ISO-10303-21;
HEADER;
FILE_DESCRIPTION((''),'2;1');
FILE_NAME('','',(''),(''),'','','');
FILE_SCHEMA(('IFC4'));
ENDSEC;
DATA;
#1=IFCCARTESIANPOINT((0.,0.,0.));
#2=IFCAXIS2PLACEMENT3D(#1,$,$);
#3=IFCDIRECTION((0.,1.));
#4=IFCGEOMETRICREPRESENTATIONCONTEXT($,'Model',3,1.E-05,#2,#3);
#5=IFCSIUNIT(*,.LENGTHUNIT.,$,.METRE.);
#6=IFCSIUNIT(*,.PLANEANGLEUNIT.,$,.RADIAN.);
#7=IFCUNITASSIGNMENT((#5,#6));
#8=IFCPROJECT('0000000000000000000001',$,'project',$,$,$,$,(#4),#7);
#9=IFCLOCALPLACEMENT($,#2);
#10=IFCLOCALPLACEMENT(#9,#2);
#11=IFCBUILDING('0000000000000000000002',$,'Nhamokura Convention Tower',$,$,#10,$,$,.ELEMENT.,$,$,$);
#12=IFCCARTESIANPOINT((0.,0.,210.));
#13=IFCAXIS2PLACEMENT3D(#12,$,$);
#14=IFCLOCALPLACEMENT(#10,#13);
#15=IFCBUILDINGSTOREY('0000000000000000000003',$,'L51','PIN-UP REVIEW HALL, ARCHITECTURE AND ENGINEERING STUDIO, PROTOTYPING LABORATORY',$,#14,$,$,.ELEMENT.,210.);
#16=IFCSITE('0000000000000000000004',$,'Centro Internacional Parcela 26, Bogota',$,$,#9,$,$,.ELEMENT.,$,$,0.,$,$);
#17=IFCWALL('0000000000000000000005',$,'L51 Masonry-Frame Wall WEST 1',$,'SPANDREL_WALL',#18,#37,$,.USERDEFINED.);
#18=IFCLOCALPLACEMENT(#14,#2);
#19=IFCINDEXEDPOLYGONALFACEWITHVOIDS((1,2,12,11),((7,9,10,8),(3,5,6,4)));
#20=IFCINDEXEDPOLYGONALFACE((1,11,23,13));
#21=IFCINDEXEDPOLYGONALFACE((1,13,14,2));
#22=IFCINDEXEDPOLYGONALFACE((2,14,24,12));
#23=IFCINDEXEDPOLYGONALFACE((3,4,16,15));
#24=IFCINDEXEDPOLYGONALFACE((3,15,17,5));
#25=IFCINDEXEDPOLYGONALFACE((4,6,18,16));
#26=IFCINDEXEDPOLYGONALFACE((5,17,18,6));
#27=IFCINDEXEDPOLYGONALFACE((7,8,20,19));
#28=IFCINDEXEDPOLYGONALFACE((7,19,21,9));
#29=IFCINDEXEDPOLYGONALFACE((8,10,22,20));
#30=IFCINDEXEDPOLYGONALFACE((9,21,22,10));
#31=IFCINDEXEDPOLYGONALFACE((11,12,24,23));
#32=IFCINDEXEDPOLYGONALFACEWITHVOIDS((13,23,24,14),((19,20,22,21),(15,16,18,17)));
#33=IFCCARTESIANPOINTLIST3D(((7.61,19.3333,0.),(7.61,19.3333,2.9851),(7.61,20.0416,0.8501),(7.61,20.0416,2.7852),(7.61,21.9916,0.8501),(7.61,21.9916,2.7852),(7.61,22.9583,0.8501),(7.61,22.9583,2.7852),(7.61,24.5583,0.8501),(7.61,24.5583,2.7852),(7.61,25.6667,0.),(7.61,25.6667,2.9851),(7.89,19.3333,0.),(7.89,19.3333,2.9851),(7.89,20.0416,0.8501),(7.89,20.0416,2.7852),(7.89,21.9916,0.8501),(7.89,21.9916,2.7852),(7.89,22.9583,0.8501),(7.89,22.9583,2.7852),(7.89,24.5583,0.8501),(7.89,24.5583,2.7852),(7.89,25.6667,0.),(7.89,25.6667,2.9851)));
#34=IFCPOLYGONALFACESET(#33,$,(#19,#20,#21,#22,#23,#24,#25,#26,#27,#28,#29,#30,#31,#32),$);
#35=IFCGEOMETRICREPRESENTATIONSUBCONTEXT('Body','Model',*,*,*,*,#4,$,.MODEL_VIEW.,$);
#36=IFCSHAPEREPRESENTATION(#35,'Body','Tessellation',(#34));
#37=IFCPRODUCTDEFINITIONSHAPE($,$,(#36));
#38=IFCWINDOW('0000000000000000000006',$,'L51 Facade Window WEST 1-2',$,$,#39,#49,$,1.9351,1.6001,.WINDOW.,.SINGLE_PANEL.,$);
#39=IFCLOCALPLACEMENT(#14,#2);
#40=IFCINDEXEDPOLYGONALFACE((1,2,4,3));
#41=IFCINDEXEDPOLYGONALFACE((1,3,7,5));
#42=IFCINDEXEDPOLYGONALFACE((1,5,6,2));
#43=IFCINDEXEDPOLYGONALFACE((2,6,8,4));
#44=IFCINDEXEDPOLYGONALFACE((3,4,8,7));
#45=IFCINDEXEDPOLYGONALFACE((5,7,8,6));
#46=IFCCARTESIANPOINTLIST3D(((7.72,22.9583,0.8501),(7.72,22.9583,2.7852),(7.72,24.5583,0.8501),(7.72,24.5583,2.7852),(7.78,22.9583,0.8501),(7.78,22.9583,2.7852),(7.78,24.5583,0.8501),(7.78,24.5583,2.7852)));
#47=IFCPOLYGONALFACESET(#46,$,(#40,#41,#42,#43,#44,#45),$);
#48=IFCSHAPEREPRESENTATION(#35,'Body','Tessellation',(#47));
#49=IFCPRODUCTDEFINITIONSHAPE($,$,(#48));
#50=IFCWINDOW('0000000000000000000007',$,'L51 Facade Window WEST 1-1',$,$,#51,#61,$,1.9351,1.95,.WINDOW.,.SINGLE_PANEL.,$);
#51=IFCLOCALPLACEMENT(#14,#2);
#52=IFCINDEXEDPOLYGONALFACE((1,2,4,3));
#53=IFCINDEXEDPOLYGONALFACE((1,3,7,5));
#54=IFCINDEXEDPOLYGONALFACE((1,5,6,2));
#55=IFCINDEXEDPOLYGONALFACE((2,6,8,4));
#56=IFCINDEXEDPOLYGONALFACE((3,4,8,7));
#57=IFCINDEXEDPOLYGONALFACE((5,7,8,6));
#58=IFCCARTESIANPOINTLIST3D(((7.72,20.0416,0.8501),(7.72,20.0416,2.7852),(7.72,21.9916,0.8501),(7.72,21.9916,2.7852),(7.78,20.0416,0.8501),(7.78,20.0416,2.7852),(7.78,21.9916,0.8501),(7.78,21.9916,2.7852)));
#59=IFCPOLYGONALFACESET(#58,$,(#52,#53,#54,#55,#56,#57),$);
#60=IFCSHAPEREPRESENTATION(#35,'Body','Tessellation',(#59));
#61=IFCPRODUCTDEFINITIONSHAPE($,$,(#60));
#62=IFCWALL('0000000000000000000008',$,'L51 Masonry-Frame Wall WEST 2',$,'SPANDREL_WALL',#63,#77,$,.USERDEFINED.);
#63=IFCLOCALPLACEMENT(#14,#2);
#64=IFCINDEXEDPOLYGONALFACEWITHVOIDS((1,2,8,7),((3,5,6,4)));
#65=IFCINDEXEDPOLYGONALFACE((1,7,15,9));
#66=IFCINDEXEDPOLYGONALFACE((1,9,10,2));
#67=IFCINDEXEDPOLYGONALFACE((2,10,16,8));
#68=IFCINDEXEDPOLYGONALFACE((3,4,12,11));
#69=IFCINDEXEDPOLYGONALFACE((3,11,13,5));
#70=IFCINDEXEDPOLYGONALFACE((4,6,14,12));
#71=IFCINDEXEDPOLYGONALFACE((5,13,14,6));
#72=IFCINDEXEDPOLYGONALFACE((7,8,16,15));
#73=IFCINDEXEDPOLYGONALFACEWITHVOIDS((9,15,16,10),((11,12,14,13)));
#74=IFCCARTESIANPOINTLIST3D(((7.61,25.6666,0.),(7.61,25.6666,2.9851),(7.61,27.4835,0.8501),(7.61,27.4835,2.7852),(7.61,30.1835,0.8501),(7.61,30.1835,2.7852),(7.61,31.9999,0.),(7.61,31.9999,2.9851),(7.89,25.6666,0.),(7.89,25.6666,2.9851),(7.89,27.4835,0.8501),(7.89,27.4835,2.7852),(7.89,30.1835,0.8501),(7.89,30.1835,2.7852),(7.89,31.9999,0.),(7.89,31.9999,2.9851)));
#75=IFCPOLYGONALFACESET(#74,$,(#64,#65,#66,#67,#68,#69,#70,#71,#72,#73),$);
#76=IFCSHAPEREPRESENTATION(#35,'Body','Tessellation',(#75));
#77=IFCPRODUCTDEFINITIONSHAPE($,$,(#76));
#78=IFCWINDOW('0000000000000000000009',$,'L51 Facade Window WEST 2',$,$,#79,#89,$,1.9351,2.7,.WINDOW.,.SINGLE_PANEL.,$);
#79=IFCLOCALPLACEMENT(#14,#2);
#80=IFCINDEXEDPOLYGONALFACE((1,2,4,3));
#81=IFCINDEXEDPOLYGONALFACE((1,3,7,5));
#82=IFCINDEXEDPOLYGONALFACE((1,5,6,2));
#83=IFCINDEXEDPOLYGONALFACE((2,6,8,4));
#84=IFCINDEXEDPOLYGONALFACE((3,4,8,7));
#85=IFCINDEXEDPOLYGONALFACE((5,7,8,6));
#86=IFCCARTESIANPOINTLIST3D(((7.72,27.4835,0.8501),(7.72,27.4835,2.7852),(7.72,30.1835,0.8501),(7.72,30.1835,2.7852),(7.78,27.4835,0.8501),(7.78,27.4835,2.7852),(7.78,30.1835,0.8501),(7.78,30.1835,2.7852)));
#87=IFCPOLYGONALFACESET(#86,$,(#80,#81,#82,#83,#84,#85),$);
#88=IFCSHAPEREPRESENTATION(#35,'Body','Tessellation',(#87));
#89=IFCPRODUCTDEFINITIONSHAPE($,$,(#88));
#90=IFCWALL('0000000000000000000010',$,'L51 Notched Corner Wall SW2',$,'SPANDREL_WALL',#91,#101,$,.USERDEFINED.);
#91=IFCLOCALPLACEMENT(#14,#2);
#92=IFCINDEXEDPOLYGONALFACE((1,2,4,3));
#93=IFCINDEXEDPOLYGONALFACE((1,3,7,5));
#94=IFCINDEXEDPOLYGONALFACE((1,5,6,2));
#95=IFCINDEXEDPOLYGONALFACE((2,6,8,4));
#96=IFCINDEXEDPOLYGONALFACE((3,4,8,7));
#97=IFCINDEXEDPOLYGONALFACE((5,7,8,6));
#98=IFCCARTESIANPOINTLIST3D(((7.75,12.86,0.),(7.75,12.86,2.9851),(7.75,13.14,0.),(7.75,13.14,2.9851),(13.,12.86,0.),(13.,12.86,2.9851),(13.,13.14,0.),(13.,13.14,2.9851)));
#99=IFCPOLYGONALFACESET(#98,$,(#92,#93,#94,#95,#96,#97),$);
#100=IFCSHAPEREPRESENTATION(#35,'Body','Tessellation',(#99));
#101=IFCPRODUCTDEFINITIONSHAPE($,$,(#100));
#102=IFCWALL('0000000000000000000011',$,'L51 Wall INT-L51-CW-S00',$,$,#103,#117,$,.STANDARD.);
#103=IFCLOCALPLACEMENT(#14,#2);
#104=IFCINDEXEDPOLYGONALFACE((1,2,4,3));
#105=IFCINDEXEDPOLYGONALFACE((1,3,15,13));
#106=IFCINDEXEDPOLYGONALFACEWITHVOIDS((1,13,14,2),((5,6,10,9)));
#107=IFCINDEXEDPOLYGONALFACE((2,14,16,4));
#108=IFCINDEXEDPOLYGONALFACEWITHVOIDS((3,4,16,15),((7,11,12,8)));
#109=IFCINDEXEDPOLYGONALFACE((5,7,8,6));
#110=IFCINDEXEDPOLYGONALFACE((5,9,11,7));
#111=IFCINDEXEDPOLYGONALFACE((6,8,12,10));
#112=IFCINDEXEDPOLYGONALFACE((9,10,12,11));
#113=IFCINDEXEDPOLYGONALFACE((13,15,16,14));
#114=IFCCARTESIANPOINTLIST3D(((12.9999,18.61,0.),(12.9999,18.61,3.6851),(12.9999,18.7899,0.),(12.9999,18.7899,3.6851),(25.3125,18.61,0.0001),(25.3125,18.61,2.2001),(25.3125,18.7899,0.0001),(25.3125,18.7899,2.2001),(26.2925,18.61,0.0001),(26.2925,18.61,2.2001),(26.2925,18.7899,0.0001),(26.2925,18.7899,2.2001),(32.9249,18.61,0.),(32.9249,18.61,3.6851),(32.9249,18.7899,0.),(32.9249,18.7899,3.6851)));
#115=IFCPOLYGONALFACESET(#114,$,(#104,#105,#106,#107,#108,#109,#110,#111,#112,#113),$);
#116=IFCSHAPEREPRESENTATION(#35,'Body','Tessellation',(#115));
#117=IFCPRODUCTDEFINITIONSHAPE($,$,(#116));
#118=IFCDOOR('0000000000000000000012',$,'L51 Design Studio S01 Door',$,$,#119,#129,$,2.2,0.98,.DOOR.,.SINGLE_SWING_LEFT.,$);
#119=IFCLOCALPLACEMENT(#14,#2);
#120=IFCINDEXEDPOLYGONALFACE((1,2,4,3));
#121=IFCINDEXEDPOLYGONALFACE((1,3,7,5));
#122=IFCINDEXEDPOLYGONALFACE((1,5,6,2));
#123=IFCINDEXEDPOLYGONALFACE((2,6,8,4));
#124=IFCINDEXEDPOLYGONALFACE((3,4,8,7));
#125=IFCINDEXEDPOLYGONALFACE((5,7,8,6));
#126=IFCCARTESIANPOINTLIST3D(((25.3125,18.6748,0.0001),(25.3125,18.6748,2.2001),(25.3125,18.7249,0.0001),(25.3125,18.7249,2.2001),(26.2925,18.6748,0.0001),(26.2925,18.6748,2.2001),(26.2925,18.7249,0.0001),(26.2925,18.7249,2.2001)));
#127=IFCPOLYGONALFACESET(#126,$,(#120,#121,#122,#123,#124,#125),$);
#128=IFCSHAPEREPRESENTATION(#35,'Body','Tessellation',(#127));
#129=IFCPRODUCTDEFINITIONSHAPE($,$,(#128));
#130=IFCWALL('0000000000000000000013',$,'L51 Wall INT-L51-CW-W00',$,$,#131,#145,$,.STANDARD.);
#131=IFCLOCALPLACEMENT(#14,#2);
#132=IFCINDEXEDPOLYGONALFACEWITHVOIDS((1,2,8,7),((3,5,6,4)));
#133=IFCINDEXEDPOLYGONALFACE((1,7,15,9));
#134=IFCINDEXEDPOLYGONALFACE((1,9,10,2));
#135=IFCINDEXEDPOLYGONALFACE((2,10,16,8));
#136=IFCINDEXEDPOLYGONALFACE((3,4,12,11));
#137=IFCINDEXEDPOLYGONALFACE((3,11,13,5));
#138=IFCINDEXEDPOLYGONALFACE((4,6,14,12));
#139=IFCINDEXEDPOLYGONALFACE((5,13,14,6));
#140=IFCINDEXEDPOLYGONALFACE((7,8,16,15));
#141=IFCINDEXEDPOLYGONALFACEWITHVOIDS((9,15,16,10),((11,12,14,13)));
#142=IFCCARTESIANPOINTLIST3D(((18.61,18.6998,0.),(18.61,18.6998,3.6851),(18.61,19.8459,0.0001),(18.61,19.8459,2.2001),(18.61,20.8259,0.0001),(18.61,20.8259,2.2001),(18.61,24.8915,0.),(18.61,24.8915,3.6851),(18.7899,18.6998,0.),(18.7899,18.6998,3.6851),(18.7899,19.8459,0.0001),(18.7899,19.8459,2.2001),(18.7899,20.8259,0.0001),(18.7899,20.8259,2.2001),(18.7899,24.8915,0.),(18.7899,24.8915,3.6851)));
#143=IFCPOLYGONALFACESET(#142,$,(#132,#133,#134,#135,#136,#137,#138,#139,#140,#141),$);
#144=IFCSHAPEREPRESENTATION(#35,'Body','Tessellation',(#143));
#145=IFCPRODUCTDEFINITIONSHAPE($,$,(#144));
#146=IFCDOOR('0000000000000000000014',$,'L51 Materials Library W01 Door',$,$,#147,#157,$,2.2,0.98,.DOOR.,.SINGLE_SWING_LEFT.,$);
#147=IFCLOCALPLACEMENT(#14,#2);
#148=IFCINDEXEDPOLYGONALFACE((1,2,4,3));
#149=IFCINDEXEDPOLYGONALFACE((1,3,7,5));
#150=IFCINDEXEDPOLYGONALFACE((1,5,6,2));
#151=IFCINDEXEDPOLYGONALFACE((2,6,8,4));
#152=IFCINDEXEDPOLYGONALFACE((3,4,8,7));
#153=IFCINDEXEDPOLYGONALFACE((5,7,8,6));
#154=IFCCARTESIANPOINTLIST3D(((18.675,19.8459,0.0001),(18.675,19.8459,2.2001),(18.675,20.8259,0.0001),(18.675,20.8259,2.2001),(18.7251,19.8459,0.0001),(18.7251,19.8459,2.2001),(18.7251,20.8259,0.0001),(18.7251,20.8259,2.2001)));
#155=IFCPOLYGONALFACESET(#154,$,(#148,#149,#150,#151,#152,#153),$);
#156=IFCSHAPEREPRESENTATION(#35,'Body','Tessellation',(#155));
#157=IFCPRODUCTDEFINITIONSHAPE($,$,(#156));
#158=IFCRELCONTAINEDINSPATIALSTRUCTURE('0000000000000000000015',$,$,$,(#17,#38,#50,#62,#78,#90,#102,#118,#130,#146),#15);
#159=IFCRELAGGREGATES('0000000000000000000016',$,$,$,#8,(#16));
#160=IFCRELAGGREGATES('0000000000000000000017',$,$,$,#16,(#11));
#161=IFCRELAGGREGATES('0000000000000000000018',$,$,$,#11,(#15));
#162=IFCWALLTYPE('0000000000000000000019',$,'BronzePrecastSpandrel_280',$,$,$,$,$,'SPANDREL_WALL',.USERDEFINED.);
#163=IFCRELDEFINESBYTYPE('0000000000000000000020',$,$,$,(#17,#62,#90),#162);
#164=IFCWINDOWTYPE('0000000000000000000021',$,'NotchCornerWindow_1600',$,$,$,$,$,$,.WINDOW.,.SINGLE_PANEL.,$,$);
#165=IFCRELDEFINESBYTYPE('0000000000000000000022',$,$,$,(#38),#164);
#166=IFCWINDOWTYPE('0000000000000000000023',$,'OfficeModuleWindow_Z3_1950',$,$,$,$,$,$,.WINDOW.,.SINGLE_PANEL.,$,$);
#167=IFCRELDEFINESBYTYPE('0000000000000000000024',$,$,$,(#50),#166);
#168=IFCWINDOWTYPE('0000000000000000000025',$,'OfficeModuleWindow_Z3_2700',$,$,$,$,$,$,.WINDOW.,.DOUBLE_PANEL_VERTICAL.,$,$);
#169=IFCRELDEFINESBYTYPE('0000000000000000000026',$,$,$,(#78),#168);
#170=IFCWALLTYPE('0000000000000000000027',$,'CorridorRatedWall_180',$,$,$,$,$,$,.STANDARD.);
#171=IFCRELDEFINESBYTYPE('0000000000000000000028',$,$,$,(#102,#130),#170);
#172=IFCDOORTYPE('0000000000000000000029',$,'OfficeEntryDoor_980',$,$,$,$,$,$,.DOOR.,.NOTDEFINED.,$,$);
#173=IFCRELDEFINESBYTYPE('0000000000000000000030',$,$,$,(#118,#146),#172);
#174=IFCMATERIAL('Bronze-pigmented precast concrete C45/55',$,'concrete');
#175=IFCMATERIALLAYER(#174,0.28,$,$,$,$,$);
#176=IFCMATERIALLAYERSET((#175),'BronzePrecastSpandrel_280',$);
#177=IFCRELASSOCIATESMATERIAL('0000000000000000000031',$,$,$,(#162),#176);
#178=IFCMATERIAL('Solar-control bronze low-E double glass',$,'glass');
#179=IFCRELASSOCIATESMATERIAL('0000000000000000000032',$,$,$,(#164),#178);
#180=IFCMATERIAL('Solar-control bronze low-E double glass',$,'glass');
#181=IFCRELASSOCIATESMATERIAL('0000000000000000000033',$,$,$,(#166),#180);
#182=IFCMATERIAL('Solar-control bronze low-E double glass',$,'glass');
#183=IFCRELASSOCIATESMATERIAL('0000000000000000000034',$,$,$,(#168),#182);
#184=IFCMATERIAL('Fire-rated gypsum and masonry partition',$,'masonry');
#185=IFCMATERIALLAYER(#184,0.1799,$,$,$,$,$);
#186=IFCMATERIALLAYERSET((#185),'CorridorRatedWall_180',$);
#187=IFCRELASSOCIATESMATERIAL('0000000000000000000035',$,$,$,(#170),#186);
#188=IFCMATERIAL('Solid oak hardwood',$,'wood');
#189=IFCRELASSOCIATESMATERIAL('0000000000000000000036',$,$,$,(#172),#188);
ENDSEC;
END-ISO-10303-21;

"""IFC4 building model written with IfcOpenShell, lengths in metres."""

from ifc_helpers import new_model, si_unit, direction, frame, frame_2d, origin, place, context, subcontext, project, spatial, rectangle, extrude, material, layer, layer_set, type_object, element, fill, save


model = new_model("IFC4")

# Units and contexts
model_context = context("Model", 3, precision=1e-05, world=origin(), true_north=direction((0.0, 1.0)))
body_context = subcontext(model_context, "Body", "Model", "MODEL_VIEW")
ifc_project = project(units=[si_unit("LENGTHUNIT", "METRE"), si_unit("PLANEANGLEUNIT", "RADIAN")], contexts=[model_context])

# Site, building, storey
site_placement = place(None, origin())
site = spatial("IfcSite", under=ifc_project, at=site_placement, Name="Centro Internacional Parcela 26, Bogota", CompositionType="ELEMENT", RefElevation=0.0)
building_placement = place(site_placement, origin())
building = spatial("IfcBuilding", under=site, at=building_placement, Name="Nhamokura Convention Tower", CompositionType="ELEMENT")
storey_placement = place(building_placement, frame((0.0, 0.0, 210.0)))
storey = spatial("IfcBuildingStorey", under=building, at=storey_placement, Name="L51", Description="PIN-UP REVIEW HALL, ARCHITECTURE AND ENGINEERING STUDIO, PROTOTYPING LABORATORY", CompositionType="ELEMENT", Elevation=210.0)

# Wall, openings, windows
ifc_material_1 = material(Name="Bronze-pigmented precast concrete C45/55", Category="concrete")
ifc_layer_1 = layer(ifc_material_1, 0.28)
ifc_layer_set_1 = layer_set([ifc_layer_1], Name="BronzePrecastSpandrel_280")
wall_type_1 = type_object("IfcWallType", Name="BronzePrecastSpandrel_280", ElementType="SPANDREL_WALL", PredefinedType="USERDEFINED", material=ifc_layer_set_1)
wall_1_placement = place(storey_placement, frame((7.75, 19.3333, 0.0), z_axis=(0.0, 0.0, 1.0), x_axis=(0.0, 1.0, 0.0)))
wall_1 = element("IfcWall", 1, at=wall_1_placement, inside=storey, type_object=wall_type_1, Name="L51 Masonry-Frame Wall WEST 1", ObjectType="SPANDREL_WALL", PredefinedType="USERDEFINED", context=body_context, shape_type="SweptSolid", body=[
    extrude(rectangle(XDim=6.3335, YDim=0.28, at=frame_2d((3.1667, 0.0))), origin(), (0.0, 0.0, 1.0), 2.9851),
])
opening_1_placement = place(wall_1_placement, frame((0.7083, 0.0, 0.8501)))
opening_1 = element("IfcOpeningElement", 2, at=opening_1_placement, cuts=wall_1, PredefinedType="OPENING", context=body_context, shape_type="SweptSolid", body=[
    extrude(rectangle(XDim=1.95, YDim=1.9351, at=frame_2d((0.9751, 0.9675))), frame((0.0, 0.1499, 0.0), z_axis=(0.0, -1.0, 0.0), x_axis=(1.0, 0.0, 0.0)), (0.0, 0.0, 1.0), 0.3),
])
opening_2_placement = place(wall_1_placement, frame((3.625, 0.0, 0.8501)))
opening_2 = element("IfcOpeningElement", 3, at=opening_2_placement, cuts=wall_1, PredefinedType="OPENING", context=body_context, shape_type="SweptSolid", body=[
    extrude(rectangle(XDim=1.6001, YDim=1.9351, at=frame_2d((0.8, 0.9675))), frame((0.0, 0.1499, 0.0), z_axis=(0.0, -1.0, 0.0), x_axis=(1.0, 0.0, 0.0)), (0.0, 0.0, 1.0), 0.3),
])
ifc_material_2 = material(Name="Solar-control bronze low-E double glass", Category="glass")
window_type_1 = type_object("IfcWindowType", Name="NotchCornerWindow_1600", PartitioningType="SINGLE_PANEL", PredefinedType="WINDOW", material=ifc_material_2)
window_1_placement = place(opening_2_placement, origin())
window_1 = element("IfcWindow", 4, at=window_1_placement, inside=storey, type_object=window_type_1, Name="L51 Facade Window WEST 1-2", OverallHeight=1.9351, OverallWidth=1.6001, PartitioningType="SINGLE_PANEL", PredefinedType="WINDOW", context=body_context, shape_type="SweptSolid", body=[
    extrude(rectangle(XDim=1.6001, YDim=1.9351, at=frame_2d((0.8, 0.9675))), frame((0.0, 0.03, 0.0), z_axis=(0.0, -1.0, 0.0), x_axis=(1.0, 0.0, 0.0)), (0.0, 0.0, 1.0), 0.0601),
])
fill(opening_2, window_1)
ifc_material_3 = material(Name="Solar-control bronze low-E double glass", Category="glass")
window_type_2 = type_object("IfcWindowType", Name="OfficeModuleWindow_Z3_1950", PartitioningType="SINGLE_PANEL", PredefinedType="WINDOW", material=ifc_material_3)
window_2_placement = place(opening_1_placement, origin())
window_2 = element("IfcWindow", 5, at=window_2_placement, inside=storey, type_object=window_type_2, Name="L51 Facade Window WEST 1-1", OverallHeight=1.9351, OverallWidth=1.95, PartitioningType="SINGLE_PANEL", PredefinedType="WINDOW", context=body_context, shape_type="SweptSolid", body=[
    extrude(rectangle(XDim=1.95, YDim=1.9351, at=frame_2d((0.9751, 0.9675))), frame((0.0, 0.03, 0.0), z_axis=(0.0, -1.0, 0.0), x_axis=(1.0, 0.0, 0.0)), (0.0, 0.0, 1.0), 0.0601),
])
fill(opening_1, window_2)

# Wall, opening, window
wall_2_placement = place(storey_placement, frame((7.75, 25.6667, 0.0), z_axis=(0.0, 0.0, 1.0), x_axis=(0.0, 1.0, 0.0)))
wall_2 = element("IfcWall", 6, at=wall_2_placement, inside=storey, type_object=wall_type_1, Name="L51 Masonry-Frame Wall WEST 2", ObjectType="SPANDREL_WALL", PredefinedType="USERDEFINED", context=body_context, shape_type="SweptSolid", body=[
    extrude(rectangle(XDim=6.3333, YDim=0.28, at=frame_2d((3.1665, 0.0))), origin(), (0.0, 0.0, 1.0), 2.9851),
])
opening_3_placement = place(wall_2_placement, frame((1.8167, 0.0, 0.8501)))
opening_3 = element("IfcOpeningElement", 7, at=opening_3_placement, cuts=wall_2, PredefinedType="OPENING", context=body_context, shape_type="SweptSolid", body=[
    extrude(rectangle(XDim=2.7, YDim=1.9351, at=frame_2d((1.3501, 0.9675))), frame((0.0, 0.1499, 0.0), z_axis=(0.0, -1.0, 0.0), x_axis=(1.0, 0.0, 0.0)), (0.0, 0.0, 1.0), 0.3),
])
ifc_material_4 = material(Name="Solar-control bronze low-E double glass", Category="glass")
window_type_3 = type_object("IfcWindowType", Name="OfficeModuleWindow_Z3_2700", PartitioningType="DOUBLE_PANEL_VERTICAL", PredefinedType="WINDOW", material=ifc_material_4)
window_3_placement = place(opening_3_placement, origin())
window_3 = element("IfcWindow", 8, at=window_3_placement, inside=storey, type_object=window_type_3, Name="L51 Facade Window WEST 2", OverallHeight=1.9351, OverallWidth=2.7, PartitioningType="SINGLE_PANEL", PredefinedType="WINDOW", context=body_context, shape_type="SweptSolid", body=[
    extrude(rectangle(XDim=2.7, YDim=1.9351, at=frame_2d((1.3501, 0.9675))), frame((0.0, 0.03, 0.0), z_axis=(0.0, -1.0, 0.0), x_axis=(1.0, 0.0, 0.0)), (0.0, 0.0, 1.0), 0.0601),
])
fill(opening_3, window_3)

# Wall
wall_3_placement = place(storey_placement, frame((13.0, 13.0, 0.0), z_axis=(0.0, 0.0, 1.0), x_axis=(-1.0, 0.0, 0.0)))
element("IfcWall", 9, at=wall_3_placement, inside=storey, type_object=wall_type_1, Name="L51 Notched Corner Wall SW2", ObjectType="SPANDREL_WALL", PredefinedType="USERDEFINED", context=body_context, shape_type="SweptSolid", body=[
    extrude(rectangle(XDim=5.25, YDim=0.28, at=frame_2d((2.625, 0.0))), origin(), (0.0, 0.0, 1.0), 2.9851),
])

# Walls, openings, doors
ifc_material_5 = material(Name="Fire-rated gypsum and masonry partition", Category="masonry")
ifc_layer_2 = layer(ifc_material_5, 0.1799)
ifc_layer_set_2 = layer_set([ifc_layer_2], Name="CorridorRatedWall_180")
wall_type_2 = type_object("IfcWallType", Name="CorridorRatedWall_180", PredefinedType="STANDARD", material=ifc_layer_set_2)
wall_4_placement = place(storey_placement, frame((13.0, 18.7, 0.0), z_axis=(0.0, 0.0, 1.0), x_axis=(1.0, 0.0, 0.0)))
wall_4 = element("IfcWall", 10, at=wall_4_placement, inside=storey, type_object=wall_type_2, Name="L51 Wall INT-L51-CW-S00", PredefinedType="STANDARD", context=body_context, shape_type="SweptSolid", body=[
    extrude(rectangle(XDim=19.925, YDim=0.1799, at=frame_2d((9.9624, 0.0))), origin(), (0.0, 0.0, 1.0), 3.6851),
])
opening_4_placement = place(wall_4_placement, frame((12.3125, 0.0, 0.0)))
opening_4 = element("IfcOpeningElement", 11, at=opening_4_placement, cuts=wall_4, PredefinedType="OPENING", context=body_context, shape_type="SweptSolid", body=[
    extrude(rectangle(XDim=0.98, YDim=2.2, at=frame_2d((0.49, 1.1001))), frame((0.0, 0.0999, 0.0), z_axis=(0.0, -1.0, 0.0), x_axis=(1.0, 0.0, 0.0)), (0.0, 0.0, 1.0), 0.2),
])
ifc_material_6 = material(Name="Solid oak hardwood", Category="wood")
door_type = type_object("IfcDoorType", Name="OfficeEntryDoor_980", OperationType="NOTDEFINED", PredefinedType="DOOR", material=ifc_material_6)
door_1_placement = place(opening_4_placement, origin())
door_1 = element("IfcDoor", 12, at=door_1_placement, inside=storey, type_object=door_type, Name="L51 Design Studio S01 Door", OperationType="SINGLE_SWING_LEFT", OverallHeight=2.2, OverallWidth=0.98, PredefinedType="DOOR", context=body_context, shape_type="SweptSolid", body=[
    extrude(rectangle(XDim=0.98, YDim=2.2, at=frame_2d((0.49, 1.1001))), frame((0.0, 0.0249, 0.0), z_axis=(0.0, -1.0, 0.0), x_axis=(1.0, 0.0, 0.0)), (0.0, 0.0, 1.0), 0.05),
])
fill(opening_4, door_1)
wall_5_placement = place(storey_placement, frame((18.7, 18.7, 0.0), z_axis=(0.0, 0.0, 1.0), x_axis=(0.0, 1.0, 0.0)))
wall_5 = element("IfcWall", 13, at=wall_5_placement, inside=storey, type_object=wall_type_2, Name="L51 Wall INT-L51-CW-W00", PredefinedType="STANDARD", context=body_context, shape_type="SweptSolid", body=[
    extrude(rectangle(XDim=6.1917, YDim=0.1799, at=frame_2d((3.0957, 0.0))), origin(), (0.0, 0.0, 1.0), 3.6851),
])
opening_5_placement = place(wall_5_placement, frame((1.146, 0.0, 0.0)))
opening_5 = element("IfcOpeningElement", 14, at=opening_5_placement, cuts=wall_5, PredefinedType="OPENING", context=body_context, shape_type="SweptSolid", body=[
    extrude(rectangle(XDim=0.98, YDim=2.2, at=frame_2d((0.49, 1.1001))), frame((0.0, 0.0999, 0.0), z_axis=(0.0, -1.0, 0.0), x_axis=(1.0, 0.0, 0.0)), (0.0, 0.0, 1.0), 0.2),
])
door_2_placement = place(opening_5_placement, origin())
door_2 = element("IfcDoor", 15, at=door_2_placement, inside=storey, type_object=door_type, Name="L51 Materials Library W01 Door", OperationType="SINGLE_SWING_LEFT", OverallHeight=2.2, OverallWidth=0.98, PredefinedType="DOOR", context=body_context, shape_type="SweptSolid", body=[
    extrude(rectangle(XDim=0.98, YDim=2.2, at=frame_2d((0.49, 1.1001))), frame((0.0, 0.0249, 0.0), z_axis=(0.0, -1.0, 0.0), x_axis=(1.0, 0.0, 0.0)), (0.0, 0.0, 1.0), 0.05),
])
fill(opening_5, door_2)

save(model, "model.ifc")
